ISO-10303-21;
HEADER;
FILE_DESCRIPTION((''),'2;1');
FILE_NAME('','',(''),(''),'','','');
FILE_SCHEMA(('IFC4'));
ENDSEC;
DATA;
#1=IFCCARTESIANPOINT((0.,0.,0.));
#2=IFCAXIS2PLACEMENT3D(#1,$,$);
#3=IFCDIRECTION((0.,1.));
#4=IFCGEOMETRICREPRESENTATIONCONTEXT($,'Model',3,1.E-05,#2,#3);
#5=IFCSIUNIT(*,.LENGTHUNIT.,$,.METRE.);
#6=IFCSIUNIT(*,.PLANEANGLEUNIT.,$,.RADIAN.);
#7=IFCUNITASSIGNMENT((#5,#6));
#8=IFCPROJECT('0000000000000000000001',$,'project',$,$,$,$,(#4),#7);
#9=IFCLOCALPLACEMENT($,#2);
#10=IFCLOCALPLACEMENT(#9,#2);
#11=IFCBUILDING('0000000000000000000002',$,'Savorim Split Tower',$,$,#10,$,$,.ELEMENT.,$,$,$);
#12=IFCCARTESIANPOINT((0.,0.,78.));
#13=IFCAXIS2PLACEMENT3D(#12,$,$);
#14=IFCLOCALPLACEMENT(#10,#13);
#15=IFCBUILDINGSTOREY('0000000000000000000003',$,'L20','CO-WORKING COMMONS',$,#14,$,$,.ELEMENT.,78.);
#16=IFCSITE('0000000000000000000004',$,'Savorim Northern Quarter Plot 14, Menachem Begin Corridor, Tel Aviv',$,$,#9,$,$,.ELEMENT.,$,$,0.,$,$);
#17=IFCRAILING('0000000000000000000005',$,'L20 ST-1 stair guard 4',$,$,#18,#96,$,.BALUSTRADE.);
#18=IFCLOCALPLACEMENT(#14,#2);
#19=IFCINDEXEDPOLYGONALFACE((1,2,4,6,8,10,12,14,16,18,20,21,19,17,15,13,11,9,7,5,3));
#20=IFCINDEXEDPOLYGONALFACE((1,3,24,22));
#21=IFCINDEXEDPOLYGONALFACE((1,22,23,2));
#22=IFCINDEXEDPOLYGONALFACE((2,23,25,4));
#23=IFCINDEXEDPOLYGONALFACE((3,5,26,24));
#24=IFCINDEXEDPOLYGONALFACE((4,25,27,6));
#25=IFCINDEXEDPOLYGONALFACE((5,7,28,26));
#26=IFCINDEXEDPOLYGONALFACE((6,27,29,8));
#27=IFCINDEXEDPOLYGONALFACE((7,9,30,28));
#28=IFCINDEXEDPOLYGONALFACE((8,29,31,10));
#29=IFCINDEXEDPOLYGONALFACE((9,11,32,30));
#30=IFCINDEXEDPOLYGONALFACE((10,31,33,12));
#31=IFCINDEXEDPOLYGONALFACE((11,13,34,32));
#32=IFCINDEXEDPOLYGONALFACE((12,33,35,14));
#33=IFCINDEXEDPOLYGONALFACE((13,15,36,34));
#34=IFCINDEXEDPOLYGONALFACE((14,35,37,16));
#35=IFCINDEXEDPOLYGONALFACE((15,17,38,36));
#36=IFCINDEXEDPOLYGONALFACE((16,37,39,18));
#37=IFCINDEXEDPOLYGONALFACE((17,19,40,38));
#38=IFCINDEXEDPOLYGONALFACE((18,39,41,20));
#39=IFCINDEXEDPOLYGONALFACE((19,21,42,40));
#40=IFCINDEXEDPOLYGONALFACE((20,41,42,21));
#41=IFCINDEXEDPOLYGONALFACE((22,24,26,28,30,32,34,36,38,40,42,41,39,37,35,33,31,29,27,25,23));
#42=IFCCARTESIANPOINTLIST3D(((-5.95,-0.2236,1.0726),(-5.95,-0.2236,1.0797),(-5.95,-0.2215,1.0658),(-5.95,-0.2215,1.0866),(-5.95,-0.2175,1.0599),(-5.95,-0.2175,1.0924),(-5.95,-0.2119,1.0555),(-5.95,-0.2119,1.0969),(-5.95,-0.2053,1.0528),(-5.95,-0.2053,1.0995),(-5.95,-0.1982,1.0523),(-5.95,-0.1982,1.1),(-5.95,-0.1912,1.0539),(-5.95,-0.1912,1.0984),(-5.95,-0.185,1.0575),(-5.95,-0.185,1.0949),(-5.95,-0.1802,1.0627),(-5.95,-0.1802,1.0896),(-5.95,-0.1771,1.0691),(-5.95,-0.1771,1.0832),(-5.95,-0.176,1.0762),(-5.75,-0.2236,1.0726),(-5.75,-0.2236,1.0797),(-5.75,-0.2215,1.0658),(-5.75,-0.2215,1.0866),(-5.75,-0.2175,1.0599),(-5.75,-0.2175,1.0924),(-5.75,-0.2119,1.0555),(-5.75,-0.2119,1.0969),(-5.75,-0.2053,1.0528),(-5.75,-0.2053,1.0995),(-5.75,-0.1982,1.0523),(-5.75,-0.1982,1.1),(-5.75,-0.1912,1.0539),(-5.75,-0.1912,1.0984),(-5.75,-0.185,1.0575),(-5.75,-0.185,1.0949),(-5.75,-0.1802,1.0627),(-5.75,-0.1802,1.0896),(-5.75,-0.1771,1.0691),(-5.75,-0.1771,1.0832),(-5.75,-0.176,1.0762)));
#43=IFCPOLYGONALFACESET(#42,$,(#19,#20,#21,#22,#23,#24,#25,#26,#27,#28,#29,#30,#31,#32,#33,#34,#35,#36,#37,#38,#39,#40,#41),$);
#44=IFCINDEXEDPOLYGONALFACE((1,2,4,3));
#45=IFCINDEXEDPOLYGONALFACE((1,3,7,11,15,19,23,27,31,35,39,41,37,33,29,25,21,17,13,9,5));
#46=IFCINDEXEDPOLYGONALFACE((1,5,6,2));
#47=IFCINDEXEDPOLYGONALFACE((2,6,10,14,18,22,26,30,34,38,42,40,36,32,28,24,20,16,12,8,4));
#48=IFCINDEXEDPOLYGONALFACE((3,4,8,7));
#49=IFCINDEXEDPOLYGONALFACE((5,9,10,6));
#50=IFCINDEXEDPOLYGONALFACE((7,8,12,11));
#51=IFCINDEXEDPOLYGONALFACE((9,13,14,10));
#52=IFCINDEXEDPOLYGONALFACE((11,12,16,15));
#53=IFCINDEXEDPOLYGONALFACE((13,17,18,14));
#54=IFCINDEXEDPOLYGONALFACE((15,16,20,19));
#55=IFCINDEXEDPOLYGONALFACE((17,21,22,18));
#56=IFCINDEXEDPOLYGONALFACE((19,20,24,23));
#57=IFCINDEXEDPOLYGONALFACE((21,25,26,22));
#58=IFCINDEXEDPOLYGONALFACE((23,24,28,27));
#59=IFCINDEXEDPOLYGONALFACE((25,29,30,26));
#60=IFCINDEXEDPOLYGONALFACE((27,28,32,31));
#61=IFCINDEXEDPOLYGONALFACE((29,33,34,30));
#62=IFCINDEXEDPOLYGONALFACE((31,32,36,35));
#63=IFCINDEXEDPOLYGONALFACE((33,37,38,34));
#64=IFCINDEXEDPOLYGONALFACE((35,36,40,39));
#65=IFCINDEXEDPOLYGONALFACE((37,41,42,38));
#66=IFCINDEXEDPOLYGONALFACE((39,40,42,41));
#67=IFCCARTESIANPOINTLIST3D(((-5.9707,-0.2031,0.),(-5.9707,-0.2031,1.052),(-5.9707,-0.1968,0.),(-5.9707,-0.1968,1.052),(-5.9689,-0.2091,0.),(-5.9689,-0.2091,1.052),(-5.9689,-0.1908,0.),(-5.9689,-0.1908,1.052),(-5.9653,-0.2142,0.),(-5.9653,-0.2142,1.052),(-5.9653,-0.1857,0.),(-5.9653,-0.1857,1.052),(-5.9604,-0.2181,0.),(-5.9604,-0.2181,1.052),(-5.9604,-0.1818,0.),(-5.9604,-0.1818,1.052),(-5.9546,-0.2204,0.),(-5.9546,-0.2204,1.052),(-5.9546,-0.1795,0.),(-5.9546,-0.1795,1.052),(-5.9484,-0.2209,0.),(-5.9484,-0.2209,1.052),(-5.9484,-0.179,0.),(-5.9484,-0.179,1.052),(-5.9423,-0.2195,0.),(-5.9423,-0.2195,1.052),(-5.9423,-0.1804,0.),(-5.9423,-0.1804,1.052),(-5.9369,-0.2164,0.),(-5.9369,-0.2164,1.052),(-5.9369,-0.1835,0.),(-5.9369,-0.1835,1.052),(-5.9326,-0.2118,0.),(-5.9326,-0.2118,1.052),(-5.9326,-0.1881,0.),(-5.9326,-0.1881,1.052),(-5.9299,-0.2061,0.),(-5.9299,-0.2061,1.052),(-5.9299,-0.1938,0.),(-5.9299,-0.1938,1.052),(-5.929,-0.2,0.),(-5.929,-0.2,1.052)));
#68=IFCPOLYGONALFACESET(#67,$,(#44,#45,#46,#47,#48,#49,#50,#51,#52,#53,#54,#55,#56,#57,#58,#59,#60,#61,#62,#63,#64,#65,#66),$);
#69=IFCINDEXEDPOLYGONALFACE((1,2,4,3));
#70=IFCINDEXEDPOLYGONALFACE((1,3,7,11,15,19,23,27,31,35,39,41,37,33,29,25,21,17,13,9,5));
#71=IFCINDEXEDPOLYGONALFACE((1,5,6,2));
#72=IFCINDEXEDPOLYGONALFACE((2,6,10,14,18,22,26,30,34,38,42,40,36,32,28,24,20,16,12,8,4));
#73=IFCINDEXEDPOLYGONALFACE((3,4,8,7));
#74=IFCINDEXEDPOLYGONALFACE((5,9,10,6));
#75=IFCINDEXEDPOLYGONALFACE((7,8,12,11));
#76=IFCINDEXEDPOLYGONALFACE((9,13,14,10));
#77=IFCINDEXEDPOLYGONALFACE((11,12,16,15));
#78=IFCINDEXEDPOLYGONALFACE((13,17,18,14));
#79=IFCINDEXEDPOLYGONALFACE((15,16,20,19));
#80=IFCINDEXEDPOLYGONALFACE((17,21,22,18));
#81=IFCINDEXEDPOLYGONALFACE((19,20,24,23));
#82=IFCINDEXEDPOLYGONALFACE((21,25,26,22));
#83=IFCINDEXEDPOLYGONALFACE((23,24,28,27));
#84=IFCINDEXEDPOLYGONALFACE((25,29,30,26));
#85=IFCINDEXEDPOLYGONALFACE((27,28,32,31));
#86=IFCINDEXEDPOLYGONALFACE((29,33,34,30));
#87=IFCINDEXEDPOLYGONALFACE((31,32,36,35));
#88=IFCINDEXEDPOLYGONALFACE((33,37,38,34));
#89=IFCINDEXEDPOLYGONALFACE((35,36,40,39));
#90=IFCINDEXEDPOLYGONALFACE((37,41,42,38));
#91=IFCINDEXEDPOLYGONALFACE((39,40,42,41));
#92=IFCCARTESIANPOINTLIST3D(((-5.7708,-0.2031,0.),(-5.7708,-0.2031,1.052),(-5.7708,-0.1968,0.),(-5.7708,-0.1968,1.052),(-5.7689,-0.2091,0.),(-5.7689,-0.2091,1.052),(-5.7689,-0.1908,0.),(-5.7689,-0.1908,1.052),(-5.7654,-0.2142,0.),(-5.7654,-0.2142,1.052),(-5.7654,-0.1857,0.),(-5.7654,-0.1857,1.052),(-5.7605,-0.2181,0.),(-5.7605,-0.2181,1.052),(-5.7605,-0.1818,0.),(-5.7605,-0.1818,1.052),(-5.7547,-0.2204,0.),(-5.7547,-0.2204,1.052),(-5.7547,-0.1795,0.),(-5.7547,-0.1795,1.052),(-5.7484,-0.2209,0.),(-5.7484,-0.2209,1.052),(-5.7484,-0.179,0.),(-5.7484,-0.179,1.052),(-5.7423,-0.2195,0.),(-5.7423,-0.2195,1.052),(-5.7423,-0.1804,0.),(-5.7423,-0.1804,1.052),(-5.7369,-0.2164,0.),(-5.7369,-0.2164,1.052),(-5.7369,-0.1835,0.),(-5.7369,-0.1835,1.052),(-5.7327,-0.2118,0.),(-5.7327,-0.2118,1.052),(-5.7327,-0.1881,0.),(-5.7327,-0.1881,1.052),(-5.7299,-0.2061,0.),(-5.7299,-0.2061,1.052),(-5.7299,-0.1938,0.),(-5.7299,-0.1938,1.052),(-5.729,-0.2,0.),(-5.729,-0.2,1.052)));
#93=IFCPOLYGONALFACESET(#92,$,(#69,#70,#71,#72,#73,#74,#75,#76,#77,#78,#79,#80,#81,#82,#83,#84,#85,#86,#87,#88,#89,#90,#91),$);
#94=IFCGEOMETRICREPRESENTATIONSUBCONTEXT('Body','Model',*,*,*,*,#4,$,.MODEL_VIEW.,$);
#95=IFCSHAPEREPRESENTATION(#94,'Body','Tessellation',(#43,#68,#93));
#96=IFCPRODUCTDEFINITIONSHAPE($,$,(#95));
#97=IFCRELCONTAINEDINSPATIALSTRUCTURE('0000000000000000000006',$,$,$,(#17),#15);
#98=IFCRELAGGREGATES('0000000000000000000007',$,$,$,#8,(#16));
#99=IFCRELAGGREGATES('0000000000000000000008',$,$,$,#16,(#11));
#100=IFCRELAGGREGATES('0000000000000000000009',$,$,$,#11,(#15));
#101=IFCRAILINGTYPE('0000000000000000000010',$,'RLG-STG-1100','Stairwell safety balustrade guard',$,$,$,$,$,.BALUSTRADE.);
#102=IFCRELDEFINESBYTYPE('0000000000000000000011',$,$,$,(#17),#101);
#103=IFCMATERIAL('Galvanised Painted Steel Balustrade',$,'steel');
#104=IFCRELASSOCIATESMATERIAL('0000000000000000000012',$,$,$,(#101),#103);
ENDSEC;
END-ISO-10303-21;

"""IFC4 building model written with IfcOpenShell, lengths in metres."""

from ifc_helpers import new_model, si_unit, direction, frame, origin, origin_2d, place, context, subcontext, project, spatial, circle, extrude, material, type_object, element, save


model = new_model("IFC4")

# Units and contexts
model_context = context("Model", 3, precision=1e-05, world=origin(), true_north=direction((0.0, 1.0)))
body_context = subcontext(model_context, "Body", "Model", "MODEL_VIEW")
ifc_project = project(units=[si_unit("LENGTHUNIT", "METRE"), si_unit("PLANEANGLEUNIT", "RADIAN")], contexts=[model_context])

# Site, building, storey
site_placement = place(None, origin())
site = spatial("IfcSite", under=ifc_project, at=site_placement, Name="Savorim Northern Quarter Plot 14, Menachem Begin Corridor, Tel Aviv", CompositionType="ELEMENT", RefElevation=0.0)
building_placement = place(site_placement, origin())
building = spatial("IfcBuilding", under=site, at=building_placement, Name="Savorim Split Tower", CompositionType="ELEMENT")
storey_placement = place(building_placement, frame((0.0, 0.0, 78.0)))
storey = spatial("IfcBuildingStorey", under=building, at=storey_placement, Name="L20", Description="CO-WORKING COMMONS", CompositionType="ELEMENT", Elevation=78.0)

# Railing
ifc_material_1 = material(Name="Galvanised Painted Steel Balustrade", Category="steel")
railing_type_1 = type_object("IfcRailingType", Name="RLG-STG-1100", Description="Stairwell safety balustrade guard", PredefinedType="BALUSTRADE", material=ifc_material_1)
railing_1_placement = place(storey_placement, frame((-5.95, -0.2, 0.0)))
element("IfcRailing", 1, at=railing_1_placement, inside=storey, type_object=railing_type_1, Name="L20 ST-1 stair guard 4", PredefinedType="BALUSTRADE", context=body_context, shape_type="SweptSolid", body=[
    extrude(circle(Radius=0.0239, at=origin_2d()), frame((0.0, 0.0, 1.0762), z_axis=(1.0, 0.0, 0.0), x_axis=(0.0, 1.0, 0.0)), (0.0, 0.0, 1.0), 0.2),
    extrude(circle(Radius=0.021, at=origin_2d()), origin(), (0.0, 0.0, 1.0), 1.052),
    extrude(circle(Radius=0.021, at=origin_2d()), frame((0.2, 0.0, 0.0)), (0.0, 0.0, 1.0), 1.052),
])

save(model, "model.ifc")
